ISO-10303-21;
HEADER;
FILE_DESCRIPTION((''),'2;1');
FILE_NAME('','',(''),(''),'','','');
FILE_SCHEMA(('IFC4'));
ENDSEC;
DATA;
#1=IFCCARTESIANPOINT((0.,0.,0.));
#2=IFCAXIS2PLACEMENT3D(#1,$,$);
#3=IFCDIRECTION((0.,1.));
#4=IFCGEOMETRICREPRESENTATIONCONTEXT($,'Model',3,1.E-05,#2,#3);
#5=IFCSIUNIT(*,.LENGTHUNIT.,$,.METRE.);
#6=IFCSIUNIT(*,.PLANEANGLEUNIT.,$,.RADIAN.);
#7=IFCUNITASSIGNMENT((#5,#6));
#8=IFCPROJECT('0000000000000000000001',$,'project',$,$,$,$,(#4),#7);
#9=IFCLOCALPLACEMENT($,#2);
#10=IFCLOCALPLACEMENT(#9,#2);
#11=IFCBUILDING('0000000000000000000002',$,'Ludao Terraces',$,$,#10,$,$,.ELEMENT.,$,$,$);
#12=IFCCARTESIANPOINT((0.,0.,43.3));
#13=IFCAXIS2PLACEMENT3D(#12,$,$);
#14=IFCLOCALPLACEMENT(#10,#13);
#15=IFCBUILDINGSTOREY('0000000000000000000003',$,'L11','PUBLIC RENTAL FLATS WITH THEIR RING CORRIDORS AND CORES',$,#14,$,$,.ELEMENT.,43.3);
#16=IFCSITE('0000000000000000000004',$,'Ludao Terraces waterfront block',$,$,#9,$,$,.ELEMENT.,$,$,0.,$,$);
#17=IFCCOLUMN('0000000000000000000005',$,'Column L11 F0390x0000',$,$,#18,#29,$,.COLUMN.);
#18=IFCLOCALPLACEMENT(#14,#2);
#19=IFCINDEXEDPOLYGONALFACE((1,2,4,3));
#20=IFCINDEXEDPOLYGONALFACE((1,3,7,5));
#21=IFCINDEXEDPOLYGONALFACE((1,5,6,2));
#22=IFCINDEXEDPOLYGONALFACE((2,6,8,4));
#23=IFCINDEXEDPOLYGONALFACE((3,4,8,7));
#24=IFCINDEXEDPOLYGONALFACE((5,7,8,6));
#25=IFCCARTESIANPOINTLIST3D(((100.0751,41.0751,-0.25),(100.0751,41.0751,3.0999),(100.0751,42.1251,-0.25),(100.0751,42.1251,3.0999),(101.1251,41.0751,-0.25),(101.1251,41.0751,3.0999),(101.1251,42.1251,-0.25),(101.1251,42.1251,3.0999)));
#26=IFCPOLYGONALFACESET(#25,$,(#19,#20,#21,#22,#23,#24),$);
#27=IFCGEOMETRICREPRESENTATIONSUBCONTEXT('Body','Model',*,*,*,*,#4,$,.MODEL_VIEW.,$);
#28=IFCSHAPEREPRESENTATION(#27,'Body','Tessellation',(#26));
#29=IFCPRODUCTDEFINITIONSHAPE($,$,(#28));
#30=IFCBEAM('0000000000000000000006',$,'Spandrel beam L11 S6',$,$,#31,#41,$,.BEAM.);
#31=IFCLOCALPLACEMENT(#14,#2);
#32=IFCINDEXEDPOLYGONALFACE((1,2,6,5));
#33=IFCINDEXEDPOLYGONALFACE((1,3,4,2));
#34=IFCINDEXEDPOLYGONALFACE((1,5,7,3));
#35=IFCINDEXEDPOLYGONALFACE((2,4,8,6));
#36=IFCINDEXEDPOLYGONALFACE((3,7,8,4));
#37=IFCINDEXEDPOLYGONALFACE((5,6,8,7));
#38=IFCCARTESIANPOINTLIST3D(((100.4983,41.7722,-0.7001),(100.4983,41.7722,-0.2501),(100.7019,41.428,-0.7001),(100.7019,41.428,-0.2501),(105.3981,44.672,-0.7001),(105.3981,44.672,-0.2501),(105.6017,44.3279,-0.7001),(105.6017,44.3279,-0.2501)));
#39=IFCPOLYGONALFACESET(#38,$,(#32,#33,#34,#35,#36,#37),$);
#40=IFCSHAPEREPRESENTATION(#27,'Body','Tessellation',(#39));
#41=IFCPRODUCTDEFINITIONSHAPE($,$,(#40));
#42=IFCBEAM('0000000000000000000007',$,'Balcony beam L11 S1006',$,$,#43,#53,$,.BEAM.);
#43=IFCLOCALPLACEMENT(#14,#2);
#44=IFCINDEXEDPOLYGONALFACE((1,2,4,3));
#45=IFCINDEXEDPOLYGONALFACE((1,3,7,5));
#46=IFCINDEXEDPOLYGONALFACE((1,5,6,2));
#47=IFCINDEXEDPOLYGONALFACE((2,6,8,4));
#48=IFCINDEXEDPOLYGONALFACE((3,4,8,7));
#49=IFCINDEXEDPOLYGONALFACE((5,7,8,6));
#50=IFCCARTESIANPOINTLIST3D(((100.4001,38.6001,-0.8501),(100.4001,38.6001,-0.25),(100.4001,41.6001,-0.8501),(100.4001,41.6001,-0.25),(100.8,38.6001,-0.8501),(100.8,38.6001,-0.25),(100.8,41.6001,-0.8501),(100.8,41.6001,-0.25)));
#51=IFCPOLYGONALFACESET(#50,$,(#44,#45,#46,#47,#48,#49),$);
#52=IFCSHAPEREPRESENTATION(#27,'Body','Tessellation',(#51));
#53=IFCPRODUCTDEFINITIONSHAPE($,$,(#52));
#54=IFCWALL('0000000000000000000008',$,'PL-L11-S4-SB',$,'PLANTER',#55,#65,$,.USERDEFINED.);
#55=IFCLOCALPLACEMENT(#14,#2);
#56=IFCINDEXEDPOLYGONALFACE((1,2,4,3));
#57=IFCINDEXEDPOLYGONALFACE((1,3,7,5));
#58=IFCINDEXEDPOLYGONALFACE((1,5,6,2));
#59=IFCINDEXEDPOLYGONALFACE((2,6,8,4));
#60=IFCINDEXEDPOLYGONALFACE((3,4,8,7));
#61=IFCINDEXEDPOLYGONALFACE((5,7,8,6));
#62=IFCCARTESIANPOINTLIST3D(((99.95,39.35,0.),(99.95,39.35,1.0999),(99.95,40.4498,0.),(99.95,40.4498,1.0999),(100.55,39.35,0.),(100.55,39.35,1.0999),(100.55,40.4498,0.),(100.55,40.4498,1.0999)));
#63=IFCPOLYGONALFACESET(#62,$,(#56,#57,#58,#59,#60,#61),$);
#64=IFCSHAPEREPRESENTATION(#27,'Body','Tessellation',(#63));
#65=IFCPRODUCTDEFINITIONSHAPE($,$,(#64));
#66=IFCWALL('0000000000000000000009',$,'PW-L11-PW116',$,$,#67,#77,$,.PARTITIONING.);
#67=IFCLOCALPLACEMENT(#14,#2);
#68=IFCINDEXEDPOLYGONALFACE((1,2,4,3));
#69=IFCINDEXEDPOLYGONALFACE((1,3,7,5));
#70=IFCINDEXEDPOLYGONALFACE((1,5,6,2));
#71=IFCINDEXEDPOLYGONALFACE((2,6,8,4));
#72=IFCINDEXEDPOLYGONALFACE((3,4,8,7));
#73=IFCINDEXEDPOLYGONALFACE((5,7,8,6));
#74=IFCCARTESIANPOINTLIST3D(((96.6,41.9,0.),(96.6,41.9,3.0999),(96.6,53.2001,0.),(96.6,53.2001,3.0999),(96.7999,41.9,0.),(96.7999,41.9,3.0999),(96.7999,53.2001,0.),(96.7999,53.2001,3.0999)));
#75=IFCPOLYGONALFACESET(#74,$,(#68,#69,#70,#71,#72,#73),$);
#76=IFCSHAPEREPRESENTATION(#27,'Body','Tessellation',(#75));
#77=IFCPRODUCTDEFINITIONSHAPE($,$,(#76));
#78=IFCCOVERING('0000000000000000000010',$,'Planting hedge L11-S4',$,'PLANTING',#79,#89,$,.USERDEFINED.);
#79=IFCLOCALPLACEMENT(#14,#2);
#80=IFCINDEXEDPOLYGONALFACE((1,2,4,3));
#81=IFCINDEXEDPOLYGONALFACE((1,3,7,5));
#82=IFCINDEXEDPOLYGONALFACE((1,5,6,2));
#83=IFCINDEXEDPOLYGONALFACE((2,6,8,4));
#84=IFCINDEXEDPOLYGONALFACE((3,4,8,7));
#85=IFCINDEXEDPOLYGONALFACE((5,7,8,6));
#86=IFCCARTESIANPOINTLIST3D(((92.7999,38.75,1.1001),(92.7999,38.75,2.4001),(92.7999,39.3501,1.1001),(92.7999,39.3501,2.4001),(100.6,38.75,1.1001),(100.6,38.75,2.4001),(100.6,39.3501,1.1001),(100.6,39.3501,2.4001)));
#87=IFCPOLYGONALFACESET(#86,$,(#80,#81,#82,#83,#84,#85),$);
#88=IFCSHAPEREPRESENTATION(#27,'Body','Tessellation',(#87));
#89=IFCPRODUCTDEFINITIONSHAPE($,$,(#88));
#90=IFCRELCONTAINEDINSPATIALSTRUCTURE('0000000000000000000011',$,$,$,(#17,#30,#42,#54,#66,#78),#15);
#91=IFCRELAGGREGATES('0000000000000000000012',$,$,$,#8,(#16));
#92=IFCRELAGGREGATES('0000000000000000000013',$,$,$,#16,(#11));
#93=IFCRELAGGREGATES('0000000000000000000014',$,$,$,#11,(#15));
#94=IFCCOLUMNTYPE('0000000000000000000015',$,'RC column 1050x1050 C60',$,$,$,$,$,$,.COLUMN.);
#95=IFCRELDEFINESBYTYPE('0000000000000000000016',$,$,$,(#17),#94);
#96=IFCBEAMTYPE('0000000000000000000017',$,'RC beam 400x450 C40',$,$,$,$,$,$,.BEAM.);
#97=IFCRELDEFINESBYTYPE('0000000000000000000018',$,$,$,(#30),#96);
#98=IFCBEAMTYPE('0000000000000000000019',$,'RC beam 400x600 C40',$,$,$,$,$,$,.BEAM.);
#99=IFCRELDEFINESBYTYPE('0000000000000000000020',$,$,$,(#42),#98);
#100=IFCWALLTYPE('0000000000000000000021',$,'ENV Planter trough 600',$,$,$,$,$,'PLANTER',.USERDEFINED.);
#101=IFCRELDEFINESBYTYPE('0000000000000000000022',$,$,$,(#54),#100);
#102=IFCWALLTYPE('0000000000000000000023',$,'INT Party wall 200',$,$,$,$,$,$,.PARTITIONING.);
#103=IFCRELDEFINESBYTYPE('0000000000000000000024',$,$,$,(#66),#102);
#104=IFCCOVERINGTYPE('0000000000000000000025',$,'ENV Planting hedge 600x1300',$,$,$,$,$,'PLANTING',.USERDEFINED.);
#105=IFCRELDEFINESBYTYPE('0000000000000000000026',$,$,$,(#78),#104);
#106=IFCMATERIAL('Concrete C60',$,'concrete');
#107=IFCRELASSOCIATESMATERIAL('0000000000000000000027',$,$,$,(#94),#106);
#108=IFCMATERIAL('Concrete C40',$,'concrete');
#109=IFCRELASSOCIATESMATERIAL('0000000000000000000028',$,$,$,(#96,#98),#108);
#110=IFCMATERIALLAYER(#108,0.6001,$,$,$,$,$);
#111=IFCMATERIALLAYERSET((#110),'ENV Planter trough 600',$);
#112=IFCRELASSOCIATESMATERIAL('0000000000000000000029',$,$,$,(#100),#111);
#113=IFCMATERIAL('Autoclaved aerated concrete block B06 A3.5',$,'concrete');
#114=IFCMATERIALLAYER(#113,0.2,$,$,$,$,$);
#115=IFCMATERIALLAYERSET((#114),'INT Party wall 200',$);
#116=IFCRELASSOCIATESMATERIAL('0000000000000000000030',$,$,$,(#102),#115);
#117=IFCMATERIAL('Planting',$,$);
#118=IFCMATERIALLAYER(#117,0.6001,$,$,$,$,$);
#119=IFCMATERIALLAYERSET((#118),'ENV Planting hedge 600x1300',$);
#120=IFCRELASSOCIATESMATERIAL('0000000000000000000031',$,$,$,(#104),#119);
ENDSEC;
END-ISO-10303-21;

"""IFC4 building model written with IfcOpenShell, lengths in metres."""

from ifc_helpers import new_model, si_unit, direction, frame, frame_2d, origin, origin_2d, place, context, subcontext, project, spatial, rectangle, extrude, material, layer, layer_set, material_profile, profile_set, type_object, element, save


model = new_model("IFC4")

# Units and contexts
model_context = context("Model", 3, precision=1e-05, world=origin(), true_north=direction((0.0, 1.0)))
body_context = subcontext(model_context, "Body", "Model", "MODEL_VIEW")
ifc_project = project(units=[si_unit("LENGTHUNIT", "METRE"), si_unit("PLANEANGLEUNIT", "RADIAN")], contexts=[model_context])

# Site, building, storey
site_placement = place(None, origin())
site = spatial("IfcSite", under=ifc_project, at=site_placement, Name="Ludao Terraces waterfront block", CompositionType="ELEMENT", RefElevation=0.0)
building_placement = place(site_placement, origin())
building = spatial("IfcBuilding", under=site, at=building_placement, Name="Ludao Terraces", CompositionType="ELEMENT")
storey_placement = place(building_placement, frame((0.0, 0.0, 43.3)))
storey = spatial("IfcBuildingStorey", under=building, at=storey_placement, Name="L11", Description="PUBLIC RENTAL FLATS WITH THEIR RING CORRIDORS AND CORES", CompositionType="ELEMENT", Elevation=43.3)

# Column
ifc_material_1 = material(Name="Concrete C60", Category="concrete")
ifc_material_profile_1 = material_profile(ifc_material_1, rectangle(XDim=1.05, YDim=1.05, at=origin_2d()), Name="1050 X 1050")
ifc_profile_set_1 = profile_set([ifc_material_profile_1], Name="Concrete C60")
column_type = type_object("IfcColumnType", Name="RC column 1050x1050 C60", PredefinedType="COLUMN", material=ifc_profile_set_1)
column_placement = place(storey_placement, frame((100.6001, 41.6001, -0.25), z_axis=(0.0, 0.0, 1.0), x_axis=(1.0, 0.0, 0.0)))
element("IfcColumn", 1, at=column_placement, inside=storey, type_object=column_type, Name="Column L11 F0390x0000", PredefinedType="COLUMN", context=body_context, shape_type="SweptSolid", body=[
    extrude(rectangle(XDim=1.05, YDim=1.05, at=origin_2d()), origin(), (0.0, 0.0, 1.0), 3.3499),
])

# Beams
ifc_material_2 = material(Name="Concrete C40", Category="concrete")
ifc_material_profile_2 = material_profile(ifc_material_2, rectangle(XDim=0.3999, YDim=0.45, at=origin_2d()), Name="400 X 450")
ifc_profile_set_2 = profile_set([ifc_material_profile_2], Name="Concrete C40")
beam_type_1 = type_object("IfcBeamType", Name="RC beam 400x450 C40", PredefinedType="BEAM", material=ifc_profile_set_2)
beam_1_placement = place(storey_placement, frame((100.6001, 41.6001, -0.4751), z_axis=(0.86058, 0.509316, 0.0), x_axis=(-0.509316, 0.86058, 0.0)))
element("IfcBeam", 2, at=beam_1_placement, inside=storey, type_object=beam_type_1, Name="Spandrel beam L11 S6", PredefinedType="BEAM", context=body_context, shape_type="SweptSolid", body=[
    extrude(rectangle(XDim=0.3999, YDim=0.45, at=origin_2d()), origin(), (0.0, 0.0, 1.0), 5.6936),
])
ifc_material_profile_3 = material_profile(ifc_material_2, rectangle(XDim=0.3999, YDim=0.6001, at=origin_2d()), Name="400 X 600")
ifc_profile_set_3 = profile_set([ifc_material_profile_3], Name="Concrete C40")
beam_type_2 = type_object("IfcBeamType", Name="RC beam 400x600 C40", PredefinedType="BEAM", material=ifc_profile_set_3)
beam_2_placement = place(storey_placement, frame((100.6001, 41.6001, -0.55), z_axis=(0.0, -1.0, 0.0), x_axis=(1.0, 0.0, 0.0)))
element("IfcBeam", 3, at=beam_2_placement, inside=storey, type_object=beam_type_2, Name="Balcony beam L11 S1006", PredefinedType="BEAM", context=body_context, shape_type="SweptSolid", body=[
    extrude(rectangle(XDim=0.3999, YDim=0.6001, at=origin_2d()), origin(), (0.0, 0.0, 1.0), 3.0),
])

# Walls
ifc_layer_1 = layer(ifc_material_2, 0.6001)
ifc_layer_set_1 = layer_set([ifc_layer_1], Name="ENV Planter trough 600")
wall_type_1 = type_object("IfcWallType", Name="ENV Planter trough 600", ElementType="PLANTER", PredefinedType="USERDEFINED", material=ifc_layer_set_1)
wall_1_placement = place(storey_placement, frame((100.25, 39.3501, 0.0), z_axis=(0.0, 0.0, 1.0), x_axis=(0.0, 1.0, 0.0)))
element("IfcWall", 4, at=wall_1_placement, inside=storey, type_object=wall_type_1, Name="PL-L11-S4-SB", ObjectType="PLANTER", PredefinedType="USERDEFINED", context=body_context, shape_type="SweptSolid", body=[
    extrude(rectangle(XDim=1.0999, YDim=0.6001, at=frame_2d((0.5498, 0.0))), origin(), (0.0, 0.0, 1.0), 1.0999),
])
ifc_material_3 = material(Name="Autoclaved aerated concrete block B06 A3.5", Category="concrete")
ifc_layer_2 = layer(ifc_material_3, 0.2)
ifc_layer_set_2 = layer_set([ifc_layer_2], Name="INT Party wall 200")
wall_type_2 = type_object("IfcWallType", Name="INT Party wall 200", PredefinedType="PARTITIONING", material=ifc_layer_set_2)
wall_2_placement = place(storey_placement, frame((96.7, 41.9001, 0.0), z_axis=(0.0, 0.0, 1.0), x_axis=(0.0, 1.0, 0.0)))
element("IfcWall", 5, at=wall_2_placement, inside=storey, type_object=wall_type_2, Name="PW-L11-PW116", PredefinedType="PARTITIONING", context=body_context, shape_type="SweptSolid", body=[
    extrude(rectangle(XDim=11.3, YDim=0.2, at=frame_2d((5.6499, 0.0))), origin(), (0.0, 0.0, 1.0), 3.0999),
])

# Covering
ifc_material_4 = material(Name="Planting")
ifc_layer_3 = layer(ifc_material_4, 0.6001)
ifc_layer_set_3 = layer_set([ifc_layer_3], Name="ENV Planting hedge 600x1300")
covering_type = type_object("IfcCoveringType", Name="ENV Planting hedge 600x1300", ElementType="PLANTING", PredefinedType="USERDEFINED", material=ifc_layer_set_3)
covering_placement = place(storey_placement, frame((96.7, 39.05, 1.1001), z_axis=(0.0, 0.0, 1.0), x_axis=(1.0, 0.0, 0.0)))
element("IfcCovering", 6, at=covering_placement, inside=storey, type_object=covering_type, Name="Planting hedge L11-S4", ObjectType="PLANTING", PredefinedType="USERDEFINED", context=body_context, shape_type="SweptSolid", body=[
    extrude(rectangle(XDim=7.8, YDim=0.6001, at=origin_2d()), origin(), (0.0, 0.0, 1.0), 1.3),
])

save(model, "model.ifc")
